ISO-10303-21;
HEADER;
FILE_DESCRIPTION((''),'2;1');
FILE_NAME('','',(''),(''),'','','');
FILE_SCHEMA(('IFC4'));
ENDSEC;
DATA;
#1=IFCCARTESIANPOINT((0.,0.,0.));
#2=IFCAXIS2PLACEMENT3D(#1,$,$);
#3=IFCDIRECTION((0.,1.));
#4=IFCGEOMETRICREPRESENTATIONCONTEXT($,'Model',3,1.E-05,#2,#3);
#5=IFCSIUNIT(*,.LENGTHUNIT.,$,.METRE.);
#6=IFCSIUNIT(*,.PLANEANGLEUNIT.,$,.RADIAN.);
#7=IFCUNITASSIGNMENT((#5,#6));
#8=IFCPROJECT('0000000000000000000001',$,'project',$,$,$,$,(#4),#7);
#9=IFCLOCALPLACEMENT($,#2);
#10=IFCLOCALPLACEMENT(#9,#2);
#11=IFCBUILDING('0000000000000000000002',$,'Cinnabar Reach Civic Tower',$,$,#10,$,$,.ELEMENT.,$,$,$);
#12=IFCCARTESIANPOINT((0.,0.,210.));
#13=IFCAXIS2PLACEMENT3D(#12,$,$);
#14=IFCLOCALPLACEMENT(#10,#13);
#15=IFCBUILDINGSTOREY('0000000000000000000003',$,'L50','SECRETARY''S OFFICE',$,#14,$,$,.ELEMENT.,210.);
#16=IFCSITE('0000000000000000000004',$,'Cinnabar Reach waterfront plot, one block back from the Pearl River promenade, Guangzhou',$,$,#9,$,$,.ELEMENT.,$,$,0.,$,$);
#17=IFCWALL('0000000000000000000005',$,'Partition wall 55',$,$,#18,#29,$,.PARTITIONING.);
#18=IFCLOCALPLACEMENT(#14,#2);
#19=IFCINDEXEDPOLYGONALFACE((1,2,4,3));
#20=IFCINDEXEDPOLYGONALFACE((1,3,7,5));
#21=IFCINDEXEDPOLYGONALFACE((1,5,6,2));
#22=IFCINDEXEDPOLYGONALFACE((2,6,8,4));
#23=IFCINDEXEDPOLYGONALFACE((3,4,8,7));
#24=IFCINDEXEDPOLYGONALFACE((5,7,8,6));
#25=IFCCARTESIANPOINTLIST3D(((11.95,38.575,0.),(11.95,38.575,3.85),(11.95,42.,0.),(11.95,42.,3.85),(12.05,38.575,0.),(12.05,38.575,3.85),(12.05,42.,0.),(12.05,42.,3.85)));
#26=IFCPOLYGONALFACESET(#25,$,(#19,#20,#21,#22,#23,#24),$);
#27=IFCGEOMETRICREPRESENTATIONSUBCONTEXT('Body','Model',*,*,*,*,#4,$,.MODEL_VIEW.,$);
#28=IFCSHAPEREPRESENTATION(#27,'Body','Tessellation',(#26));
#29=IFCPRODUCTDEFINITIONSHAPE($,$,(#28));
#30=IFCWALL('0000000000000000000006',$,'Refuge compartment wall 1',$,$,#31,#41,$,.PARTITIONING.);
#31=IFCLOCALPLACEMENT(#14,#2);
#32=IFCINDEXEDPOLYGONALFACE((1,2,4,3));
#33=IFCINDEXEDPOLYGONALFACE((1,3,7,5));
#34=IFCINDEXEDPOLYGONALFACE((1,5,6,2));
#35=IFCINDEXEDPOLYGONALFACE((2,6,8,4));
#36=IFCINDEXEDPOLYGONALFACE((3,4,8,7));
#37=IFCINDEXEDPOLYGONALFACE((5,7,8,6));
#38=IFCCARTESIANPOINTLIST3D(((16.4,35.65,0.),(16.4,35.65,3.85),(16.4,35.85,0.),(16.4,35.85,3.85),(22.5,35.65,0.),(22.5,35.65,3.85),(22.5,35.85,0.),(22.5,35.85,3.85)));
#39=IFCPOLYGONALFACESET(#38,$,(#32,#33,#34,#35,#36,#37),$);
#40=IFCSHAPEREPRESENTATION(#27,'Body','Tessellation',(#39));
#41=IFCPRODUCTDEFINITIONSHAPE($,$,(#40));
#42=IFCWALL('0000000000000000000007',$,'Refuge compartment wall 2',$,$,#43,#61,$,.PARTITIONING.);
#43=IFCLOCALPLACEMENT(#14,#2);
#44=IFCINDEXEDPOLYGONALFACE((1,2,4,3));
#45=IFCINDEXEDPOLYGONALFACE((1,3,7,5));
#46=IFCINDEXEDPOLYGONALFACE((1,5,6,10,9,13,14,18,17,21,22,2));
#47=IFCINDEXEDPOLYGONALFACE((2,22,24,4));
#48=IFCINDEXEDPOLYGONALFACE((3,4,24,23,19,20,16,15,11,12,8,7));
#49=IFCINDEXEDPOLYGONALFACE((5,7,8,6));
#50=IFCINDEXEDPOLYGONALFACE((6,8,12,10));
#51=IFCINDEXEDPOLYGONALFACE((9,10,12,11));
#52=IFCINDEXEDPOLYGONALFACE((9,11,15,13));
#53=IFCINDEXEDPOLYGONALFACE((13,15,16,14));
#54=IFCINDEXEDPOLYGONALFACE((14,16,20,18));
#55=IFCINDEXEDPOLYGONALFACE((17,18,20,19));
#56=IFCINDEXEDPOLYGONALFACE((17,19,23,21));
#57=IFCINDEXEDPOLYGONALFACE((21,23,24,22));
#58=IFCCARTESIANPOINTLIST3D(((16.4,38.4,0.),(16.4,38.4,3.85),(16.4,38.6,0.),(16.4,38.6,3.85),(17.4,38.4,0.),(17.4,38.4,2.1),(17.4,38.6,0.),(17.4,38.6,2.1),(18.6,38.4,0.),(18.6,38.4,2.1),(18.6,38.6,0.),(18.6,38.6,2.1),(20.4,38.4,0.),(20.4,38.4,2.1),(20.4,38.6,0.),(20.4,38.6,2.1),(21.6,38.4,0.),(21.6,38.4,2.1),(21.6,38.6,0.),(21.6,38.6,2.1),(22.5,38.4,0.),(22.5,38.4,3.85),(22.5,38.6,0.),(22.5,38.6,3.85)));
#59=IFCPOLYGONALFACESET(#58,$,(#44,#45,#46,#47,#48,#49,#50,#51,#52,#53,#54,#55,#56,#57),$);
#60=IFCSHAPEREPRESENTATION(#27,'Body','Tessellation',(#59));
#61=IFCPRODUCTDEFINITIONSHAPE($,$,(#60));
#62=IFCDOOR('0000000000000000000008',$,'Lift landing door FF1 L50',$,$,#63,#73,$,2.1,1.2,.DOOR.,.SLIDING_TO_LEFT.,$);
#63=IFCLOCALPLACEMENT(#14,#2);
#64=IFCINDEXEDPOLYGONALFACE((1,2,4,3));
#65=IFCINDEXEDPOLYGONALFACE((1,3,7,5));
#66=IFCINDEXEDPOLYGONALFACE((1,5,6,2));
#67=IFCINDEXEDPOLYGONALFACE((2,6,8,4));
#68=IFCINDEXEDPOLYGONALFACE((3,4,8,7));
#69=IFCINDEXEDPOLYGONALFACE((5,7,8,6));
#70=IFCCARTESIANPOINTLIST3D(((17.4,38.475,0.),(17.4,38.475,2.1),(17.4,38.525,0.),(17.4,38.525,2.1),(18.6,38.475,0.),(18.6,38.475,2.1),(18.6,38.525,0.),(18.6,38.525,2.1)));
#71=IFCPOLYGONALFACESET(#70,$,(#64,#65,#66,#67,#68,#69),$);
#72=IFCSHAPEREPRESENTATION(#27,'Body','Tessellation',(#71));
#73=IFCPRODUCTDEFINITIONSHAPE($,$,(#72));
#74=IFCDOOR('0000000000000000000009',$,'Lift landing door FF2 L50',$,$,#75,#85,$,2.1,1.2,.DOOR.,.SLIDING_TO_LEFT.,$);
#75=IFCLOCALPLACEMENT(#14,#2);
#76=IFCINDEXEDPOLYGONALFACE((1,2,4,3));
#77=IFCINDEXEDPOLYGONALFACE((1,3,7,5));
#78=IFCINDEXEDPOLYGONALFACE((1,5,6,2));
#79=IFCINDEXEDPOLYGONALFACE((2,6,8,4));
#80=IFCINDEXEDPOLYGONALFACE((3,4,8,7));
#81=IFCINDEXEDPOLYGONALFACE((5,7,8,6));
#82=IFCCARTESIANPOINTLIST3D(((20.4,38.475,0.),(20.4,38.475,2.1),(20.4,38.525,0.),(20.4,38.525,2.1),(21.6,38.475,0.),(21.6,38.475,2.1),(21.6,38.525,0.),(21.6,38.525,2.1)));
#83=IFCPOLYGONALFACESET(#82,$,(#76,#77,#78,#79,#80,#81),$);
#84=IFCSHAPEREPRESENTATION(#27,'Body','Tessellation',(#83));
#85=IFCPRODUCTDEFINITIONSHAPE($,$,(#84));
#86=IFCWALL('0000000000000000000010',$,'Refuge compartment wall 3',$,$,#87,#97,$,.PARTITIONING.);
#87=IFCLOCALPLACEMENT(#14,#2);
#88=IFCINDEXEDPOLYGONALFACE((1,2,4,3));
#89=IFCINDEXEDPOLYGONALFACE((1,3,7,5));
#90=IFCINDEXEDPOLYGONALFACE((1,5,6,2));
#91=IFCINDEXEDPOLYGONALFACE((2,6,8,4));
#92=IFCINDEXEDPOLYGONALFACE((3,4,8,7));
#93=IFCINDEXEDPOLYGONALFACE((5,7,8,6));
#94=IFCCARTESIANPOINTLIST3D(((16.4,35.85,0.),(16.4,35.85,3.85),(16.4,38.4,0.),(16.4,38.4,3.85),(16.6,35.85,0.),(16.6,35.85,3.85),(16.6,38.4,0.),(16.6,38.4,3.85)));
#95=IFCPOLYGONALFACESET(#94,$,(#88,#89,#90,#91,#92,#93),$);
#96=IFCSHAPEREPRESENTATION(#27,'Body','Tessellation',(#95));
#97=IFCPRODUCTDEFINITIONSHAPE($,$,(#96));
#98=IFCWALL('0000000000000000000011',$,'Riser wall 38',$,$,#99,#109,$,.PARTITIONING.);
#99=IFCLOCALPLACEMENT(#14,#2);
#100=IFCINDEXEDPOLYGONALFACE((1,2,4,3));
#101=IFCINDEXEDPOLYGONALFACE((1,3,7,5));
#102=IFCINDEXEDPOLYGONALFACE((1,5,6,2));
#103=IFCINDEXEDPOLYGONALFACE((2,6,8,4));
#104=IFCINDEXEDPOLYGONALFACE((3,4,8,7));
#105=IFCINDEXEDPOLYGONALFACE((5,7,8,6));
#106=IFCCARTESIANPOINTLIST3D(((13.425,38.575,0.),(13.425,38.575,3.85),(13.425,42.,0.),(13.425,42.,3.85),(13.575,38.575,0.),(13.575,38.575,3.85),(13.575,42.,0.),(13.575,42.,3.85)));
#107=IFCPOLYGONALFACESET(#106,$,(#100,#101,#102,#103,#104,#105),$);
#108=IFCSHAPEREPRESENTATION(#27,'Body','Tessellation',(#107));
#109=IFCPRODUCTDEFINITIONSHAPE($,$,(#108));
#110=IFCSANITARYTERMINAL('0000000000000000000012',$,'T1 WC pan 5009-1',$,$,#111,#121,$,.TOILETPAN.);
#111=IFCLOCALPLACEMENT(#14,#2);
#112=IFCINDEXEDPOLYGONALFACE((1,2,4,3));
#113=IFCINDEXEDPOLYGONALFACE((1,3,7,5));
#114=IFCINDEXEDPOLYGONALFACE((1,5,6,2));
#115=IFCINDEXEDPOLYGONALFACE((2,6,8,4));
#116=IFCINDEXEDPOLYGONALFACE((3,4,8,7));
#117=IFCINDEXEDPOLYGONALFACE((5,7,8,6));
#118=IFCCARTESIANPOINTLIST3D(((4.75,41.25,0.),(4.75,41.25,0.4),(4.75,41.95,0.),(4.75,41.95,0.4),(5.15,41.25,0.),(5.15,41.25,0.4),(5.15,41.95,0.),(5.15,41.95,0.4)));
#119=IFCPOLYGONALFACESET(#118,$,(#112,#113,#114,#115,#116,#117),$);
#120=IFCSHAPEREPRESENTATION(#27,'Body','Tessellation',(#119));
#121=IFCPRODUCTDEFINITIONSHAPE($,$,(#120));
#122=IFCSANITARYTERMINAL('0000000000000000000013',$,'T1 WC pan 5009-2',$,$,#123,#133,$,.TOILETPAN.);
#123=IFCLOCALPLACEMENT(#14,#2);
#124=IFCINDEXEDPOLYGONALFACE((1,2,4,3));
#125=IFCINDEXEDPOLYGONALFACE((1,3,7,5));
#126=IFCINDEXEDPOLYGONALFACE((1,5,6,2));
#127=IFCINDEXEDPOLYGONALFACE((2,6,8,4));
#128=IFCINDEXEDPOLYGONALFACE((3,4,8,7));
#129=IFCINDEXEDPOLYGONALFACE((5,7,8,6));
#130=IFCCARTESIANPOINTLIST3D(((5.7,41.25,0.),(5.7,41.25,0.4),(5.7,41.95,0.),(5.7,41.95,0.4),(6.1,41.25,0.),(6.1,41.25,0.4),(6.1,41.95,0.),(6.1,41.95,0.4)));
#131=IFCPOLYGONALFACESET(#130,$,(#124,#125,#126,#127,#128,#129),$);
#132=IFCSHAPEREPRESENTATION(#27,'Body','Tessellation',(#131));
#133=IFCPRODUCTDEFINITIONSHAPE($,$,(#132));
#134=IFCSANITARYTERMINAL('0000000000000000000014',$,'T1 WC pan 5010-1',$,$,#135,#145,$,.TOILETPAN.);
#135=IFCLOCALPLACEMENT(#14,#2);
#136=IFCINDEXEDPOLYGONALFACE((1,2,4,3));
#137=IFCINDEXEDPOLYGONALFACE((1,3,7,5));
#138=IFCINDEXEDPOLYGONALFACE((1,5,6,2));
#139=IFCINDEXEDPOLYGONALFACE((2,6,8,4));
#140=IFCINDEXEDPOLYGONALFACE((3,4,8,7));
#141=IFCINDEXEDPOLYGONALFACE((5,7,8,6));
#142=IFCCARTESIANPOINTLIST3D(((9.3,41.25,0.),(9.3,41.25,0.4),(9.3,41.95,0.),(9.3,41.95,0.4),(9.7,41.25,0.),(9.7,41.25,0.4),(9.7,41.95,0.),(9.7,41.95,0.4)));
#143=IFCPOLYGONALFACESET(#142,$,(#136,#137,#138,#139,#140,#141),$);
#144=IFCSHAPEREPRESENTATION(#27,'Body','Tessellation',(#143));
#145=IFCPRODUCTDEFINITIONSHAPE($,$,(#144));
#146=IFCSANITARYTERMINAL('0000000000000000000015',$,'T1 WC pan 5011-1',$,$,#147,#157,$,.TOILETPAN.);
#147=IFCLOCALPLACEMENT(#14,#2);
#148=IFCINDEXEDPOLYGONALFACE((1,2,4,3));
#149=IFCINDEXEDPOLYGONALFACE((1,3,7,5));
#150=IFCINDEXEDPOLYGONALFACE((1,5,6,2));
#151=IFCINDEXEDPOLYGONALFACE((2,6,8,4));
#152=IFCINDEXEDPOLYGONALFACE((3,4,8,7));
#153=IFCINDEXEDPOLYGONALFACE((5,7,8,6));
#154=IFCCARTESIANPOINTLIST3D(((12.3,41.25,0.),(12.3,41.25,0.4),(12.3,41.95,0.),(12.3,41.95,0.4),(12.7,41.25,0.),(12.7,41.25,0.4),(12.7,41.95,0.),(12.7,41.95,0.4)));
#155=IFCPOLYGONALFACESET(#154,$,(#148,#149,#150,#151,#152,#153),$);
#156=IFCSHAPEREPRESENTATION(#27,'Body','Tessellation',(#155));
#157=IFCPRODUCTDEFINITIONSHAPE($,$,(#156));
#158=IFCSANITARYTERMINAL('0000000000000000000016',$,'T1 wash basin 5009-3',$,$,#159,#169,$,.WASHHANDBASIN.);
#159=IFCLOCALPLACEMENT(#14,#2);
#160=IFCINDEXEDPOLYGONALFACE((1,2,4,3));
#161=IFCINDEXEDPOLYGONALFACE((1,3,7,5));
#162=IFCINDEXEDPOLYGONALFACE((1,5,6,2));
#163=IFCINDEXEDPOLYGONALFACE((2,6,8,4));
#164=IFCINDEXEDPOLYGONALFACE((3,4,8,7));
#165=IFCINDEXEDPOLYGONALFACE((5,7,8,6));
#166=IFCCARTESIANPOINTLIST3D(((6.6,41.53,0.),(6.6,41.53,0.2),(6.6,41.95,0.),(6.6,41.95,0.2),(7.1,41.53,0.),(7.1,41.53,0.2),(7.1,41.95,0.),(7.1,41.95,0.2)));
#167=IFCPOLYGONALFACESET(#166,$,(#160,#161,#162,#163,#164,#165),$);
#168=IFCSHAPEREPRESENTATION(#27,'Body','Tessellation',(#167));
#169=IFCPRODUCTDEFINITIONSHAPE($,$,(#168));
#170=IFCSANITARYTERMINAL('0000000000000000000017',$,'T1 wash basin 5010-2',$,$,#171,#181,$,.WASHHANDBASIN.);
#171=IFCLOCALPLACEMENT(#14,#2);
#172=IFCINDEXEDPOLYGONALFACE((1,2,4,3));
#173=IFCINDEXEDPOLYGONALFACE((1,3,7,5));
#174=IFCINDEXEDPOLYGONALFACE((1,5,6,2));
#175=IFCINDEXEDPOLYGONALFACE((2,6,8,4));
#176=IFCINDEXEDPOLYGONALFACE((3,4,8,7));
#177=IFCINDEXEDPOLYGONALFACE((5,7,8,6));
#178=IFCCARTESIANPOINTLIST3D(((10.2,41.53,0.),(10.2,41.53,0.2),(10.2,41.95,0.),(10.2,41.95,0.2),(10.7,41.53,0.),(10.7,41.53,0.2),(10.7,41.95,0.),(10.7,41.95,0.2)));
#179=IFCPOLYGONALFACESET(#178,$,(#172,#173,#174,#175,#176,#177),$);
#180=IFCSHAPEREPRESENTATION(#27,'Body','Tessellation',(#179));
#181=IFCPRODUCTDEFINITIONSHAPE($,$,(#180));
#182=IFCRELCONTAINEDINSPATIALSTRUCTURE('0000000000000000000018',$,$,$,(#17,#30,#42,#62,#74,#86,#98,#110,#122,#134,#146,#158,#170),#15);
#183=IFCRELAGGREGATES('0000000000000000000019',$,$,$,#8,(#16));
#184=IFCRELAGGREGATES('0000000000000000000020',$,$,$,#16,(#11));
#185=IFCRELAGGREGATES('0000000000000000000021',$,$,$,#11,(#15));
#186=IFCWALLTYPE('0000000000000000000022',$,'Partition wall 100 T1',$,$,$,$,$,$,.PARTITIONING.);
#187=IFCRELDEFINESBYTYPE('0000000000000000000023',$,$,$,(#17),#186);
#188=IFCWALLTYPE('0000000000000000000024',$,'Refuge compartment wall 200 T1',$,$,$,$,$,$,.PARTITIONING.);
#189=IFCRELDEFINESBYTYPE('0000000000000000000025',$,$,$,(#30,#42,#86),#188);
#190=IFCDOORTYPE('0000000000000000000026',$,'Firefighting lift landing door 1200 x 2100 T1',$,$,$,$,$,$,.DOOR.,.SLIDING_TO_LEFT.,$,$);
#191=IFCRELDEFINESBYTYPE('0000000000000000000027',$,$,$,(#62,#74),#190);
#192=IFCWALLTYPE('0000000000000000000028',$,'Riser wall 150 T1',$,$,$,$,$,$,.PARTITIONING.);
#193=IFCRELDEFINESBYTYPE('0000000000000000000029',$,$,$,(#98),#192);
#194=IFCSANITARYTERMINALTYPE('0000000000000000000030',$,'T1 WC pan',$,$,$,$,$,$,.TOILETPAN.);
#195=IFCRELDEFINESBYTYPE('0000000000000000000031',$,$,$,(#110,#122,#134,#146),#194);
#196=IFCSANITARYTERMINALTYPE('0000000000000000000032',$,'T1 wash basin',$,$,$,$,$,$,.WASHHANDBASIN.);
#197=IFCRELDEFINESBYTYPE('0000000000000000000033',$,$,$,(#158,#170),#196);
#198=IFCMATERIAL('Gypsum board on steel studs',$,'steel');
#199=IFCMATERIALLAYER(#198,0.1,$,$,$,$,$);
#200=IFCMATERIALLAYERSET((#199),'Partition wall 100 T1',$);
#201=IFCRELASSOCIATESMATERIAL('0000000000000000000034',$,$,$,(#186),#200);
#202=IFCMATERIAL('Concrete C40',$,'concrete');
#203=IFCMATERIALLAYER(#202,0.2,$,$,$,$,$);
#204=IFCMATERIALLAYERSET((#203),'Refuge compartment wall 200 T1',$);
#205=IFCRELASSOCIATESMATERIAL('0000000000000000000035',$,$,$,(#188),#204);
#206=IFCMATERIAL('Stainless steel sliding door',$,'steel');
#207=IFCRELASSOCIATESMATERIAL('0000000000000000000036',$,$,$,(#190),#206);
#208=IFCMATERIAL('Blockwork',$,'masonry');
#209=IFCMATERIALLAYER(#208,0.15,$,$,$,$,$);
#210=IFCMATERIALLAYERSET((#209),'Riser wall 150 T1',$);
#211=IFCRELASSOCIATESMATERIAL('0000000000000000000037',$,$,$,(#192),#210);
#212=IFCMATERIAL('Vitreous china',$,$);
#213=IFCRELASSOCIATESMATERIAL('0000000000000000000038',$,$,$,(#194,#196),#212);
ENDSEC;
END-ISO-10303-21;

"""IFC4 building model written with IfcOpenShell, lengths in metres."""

from ifc_helpers import new_model, si_unit, direction, frame, frame_2d, origin, origin_2d, place, context, subcontext, project, spatial, rectangle, extrude, material, layer, layer_set, type_object, element, fill, save


model = new_model("IFC4")

# Units and contexts
model_context = context("Model", 3, precision=1e-05, world=origin(), true_north=direction((0.0, 1.0)))
body_context = subcontext(model_context, "Body", "Model", "MODEL_VIEW")
ifc_project = project(units=[si_unit("LENGTHUNIT", "METRE"), si_unit("PLANEANGLEUNIT", "RADIAN")], contexts=[model_context])

# Site, building, storey
site_placement = place(None, origin())
site = spatial("IfcSite", under=ifc_project, at=site_placement, Name="Cinnabar Reach waterfront plot, one block back from the Pearl River promenade, Guangzhou", CompositionType="ELEMENT", RefElevation=0.0)
building_placement = place(site_placement, origin())
building = spatial("IfcBuilding", under=site, at=building_placement, Name="Cinnabar Reach Civic Tower", CompositionType="ELEMENT")
storey_placement = place(building_placement, frame((0.0, 0.0, 210.0)))
storey = spatial("IfcBuildingStorey", under=building, at=storey_placement, Name="L50", Description="SECRETARY'S OFFICE", CompositionType="ELEMENT", Elevation=210.0)

# Shared definitions
ifc_material_1 = material(Name="Blockwork", Category="masonry")
ifc_material_2 = material(Name="Stainless steel sliding door", Category="steel")

# Walls
ifc_material_3 = material(Name="Gypsum board on steel studs", Category="steel")
ifc_layer_1 = layer(ifc_material_3, 0.1)
ifc_layer_set_1 = layer_set([ifc_layer_1], Name="Partition wall 100 T1")
wall_type_1 = type_object("IfcWallType", Name="Partition wall 100 T1", PredefinedType="PARTITIONING", material=ifc_layer_set_1)
for number, where, z_axis, x_axis, name in (
    (1, (12.0, 38.575, 0.0), (0.0, 0.0, 1.0), (0.0, 1.0, 0.0), "Partition wall 55"),
):
    element("IfcWall", number, at=place(storey_placement, frame(where, z_axis=z_axis, x_axis=x_axis)), inside=storey, type_object=wall_type_1, Name=name, PredefinedType="PARTITIONING", context=body_context, shape_type="SweptSolid", body=[
        extrude(rectangle(XDim=3.425, YDim=0.1, at=frame_2d((1.7125, 0.0))), origin(), (0.0, 0.0, 1.0), 3.85),
    ])
ifc_material_4 = material(Name="Concrete C40", Category="concrete")
ifc_layer_2 = layer(ifc_material_4, 0.2)
ifc_layer_set_2 = layer_set([ifc_layer_2], Name="Refuge compartment wall 200 T1")
wall_type_2 = type_object("IfcWallType", Name="Refuge compartment wall 200 T1", PredefinedType="PARTITIONING", material=ifc_layer_set_2)
wall_1_placement = place(storey_placement, frame((16.4, 35.75, 0.0), z_axis=(0.0, 0.0, 1.0), x_axis=(1.0, 0.0, 0.0)))
element("IfcWall", 2, at=wall_1_placement, inside=storey, type_object=wall_type_2, Name="Refuge compartment wall 1", PredefinedType="PARTITIONING", context=body_context, shape_type="SweptSolid", body=[
    extrude(rectangle(XDim=6.1, YDim=0.2, at=frame_2d((3.05, 0.0))), origin(), (0.0, 0.0, 1.0), 3.85),
])

# Wall, openings, doors
wall_2_placement = place(storey_placement, frame((16.4, 38.5, 0.0), z_axis=(0.0, 0.0, 1.0), x_axis=(1.0, 0.0, 0.0)))
wall_2 = element("IfcWall", 3, at=wall_2_placement, inside=storey, type_object=wall_type_2, Name="Refuge compartment wall 2", PredefinedType="PARTITIONING", context=body_context, shape_type="SweptSolid", body=[
    extrude(rectangle(XDim=6.1, YDim=0.2, at=frame_2d((3.05, 0.0))), origin(), (0.0, 0.0, 1.0), 3.85),
])
opening_1_placement = place(wall_2_placement, frame((1.0, 0.0, 0.0)))
opening_1 = element("IfcOpeningElement", 4, at=opening_1_placement, cuts=wall_2, PredefinedType="OPENING", context=body_context, shape_type="SweptSolid", body=[
    extrude(rectangle(XDim=1.2, YDim=2.1, at=frame_2d((0.6, 1.05))), frame((0.0, 0.11, 0.0), z_axis=(0.0, -1.0, 0.0), x_axis=(1.0, 0.0, 0.0)), (0.0, 0.0, 1.0), 0.22),
])
opening_2_placement = place(wall_2_placement, frame((4.0, 0.0, 0.0)))
opening_2 = element("IfcOpeningElement", 5, at=opening_2_placement, cuts=wall_2, PredefinedType="OPENING", context=body_context, shape_type="SweptSolid", body=[
    extrude(rectangle(XDim=1.2, YDim=2.1, at=frame_2d((0.6, 1.05))), frame((0.0, 0.11, 0.0), z_axis=(0.0, -1.0, 0.0), x_axis=(1.0, 0.0, 0.0)), (0.0, 0.0, 1.0), 0.22),
])
door_type_1 = type_object("IfcDoorType", Name="Firefighting lift landing door 1200 x 2100 T1", OperationType="SLIDING_TO_LEFT", PredefinedType="DOOR", material=ifc_material_2)
door_1_placement = place(opening_1_placement, origin())
door_1 = element("IfcDoor", 6, at=door_1_placement, inside=storey, type_object=door_type_1, Name="Lift landing door FF1 L50", OperationType="SLIDING_TO_LEFT", OverallHeight=2.1, OverallWidth=1.2, PredefinedType="DOOR", context=body_context, shape_type="SweptSolid", body=[
    extrude(rectangle(XDim=1.2, YDim=2.1, at=frame_2d((0.6, 1.05))), frame((0.0, 0.025, 0.0), z_axis=(0.0, -1.0, 0.0), x_axis=(1.0, 0.0, 0.0)), (0.0, 0.0, 1.0), 0.05),
])
fill(opening_1, door_1)
door_2_placement = place(opening_2_placement, origin())
door_2 = element("IfcDoor", 7, at=door_2_placement, inside=storey, type_object=door_type_1, Name="Lift landing door FF2 L50", OperationType="SLIDING_TO_LEFT", OverallHeight=2.1, OverallWidth=1.2, PredefinedType="DOOR", context=body_context, shape_type="SweptSolid", body=[
    extrude(rectangle(XDim=1.2, YDim=2.1, at=frame_2d((0.6, 1.05))), frame((0.0, 0.025, 0.0), z_axis=(0.0, -1.0, 0.0), x_axis=(1.0, 0.0, 0.0)), (0.0, 0.0, 1.0), 0.05),
])
fill(opening_2, door_2)

# Walls
wall_3_placement = place(storey_placement, frame((16.5, 35.85, 0.0), z_axis=(0.0, 0.0, 1.0), x_axis=(0.0, 1.0, 0.0)))
element("IfcWall", 8, at=wall_3_placement, inside=storey, type_object=wall_type_2, Name="Refuge compartment wall 3", PredefinedType="PARTITIONING", context=body_context, shape_type="SweptSolid", body=[
    extrude(rectangle(XDim=2.55, YDim=0.2, at=frame_2d((1.275, 0.0))), origin(), (0.0, 0.0, 1.0), 3.85),
])
ifc_layer_3 = layer(ifc_material_1, 0.15)
ifc_layer_set_3 = layer_set([ifc_layer_3], Name="Riser wall 150 T1")
wall_type_3 = type_object("IfcWallType", Name="Riser wall 150 T1", PredefinedType="PARTITIONING", material=ifc_layer_set_3)
wall_4_placement = place(storey_placement, frame((13.5, 38.575, 0.0), z_axis=(0.0, 0.0, 1.0), x_axis=(0.0, 1.0, 0.0)))
element("IfcWall", 9, at=wall_4_placement, inside=storey, type_object=wall_type_3, Name="Riser wall 38", PredefinedType="PARTITIONING", context=body_context, shape_type="SweptSolid", body=[
    extrude(rectangle(XDim=3.425, YDim=0.15, at=frame_2d((1.7125, 0.0))), origin(), (0.0, 0.0, 1.0), 3.85),
])

# Sanitary terminals
ifc_material_5 = material(Name="Vitreous china")
sanitary_terminal_type_1 = type_object("IfcSanitaryTerminalType", Name="T1 WC pan", PredefinedType="TOILETPAN", material=ifc_material_5)
for number, where, z_axis, x_axis, name in (
    (10, (4.95, 41.6, 0.0), (0.0, 0.0, 1.0), (1.0, 0.0, 0.0), "T1 WC pan 5009-1"),
    (11, (5.9, 41.6, 0.0), (0.0, 0.0, 1.0), (1.0, 0.0, 0.0), "T1 WC pan 5009-2"),
    (12, (9.5, 41.6, 0.0), (0.0, 0.0, 1.0), (1.0, 0.0, 0.0), "T1 WC pan 5010-1"),
    (13, (12.5, 41.6, 0.0), (0.0, 0.0, 1.0), (1.0, 0.0, 0.0), "T1 WC pan 5011-1"),
):
    element("IfcSanitaryTerminal", number, at=place(storey_placement, frame(where, z_axis=z_axis, x_axis=x_axis)), inside=storey, type_object=sanitary_terminal_type_1, Name=name, PredefinedType="TOILETPAN", context=body_context, shape_type="SweptSolid", body=[
        extrude(rectangle(XDim=0.4, YDim=0.7, at=origin_2d()), origin(), (0.0, 0.0, 1.0), 0.4),
    ])
sanitary_terminal_type_2 = type_object("IfcSanitaryTerminalType", Name="T1 wash basin", PredefinedType="WASHHANDBASIN", material=ifc_material_5)
for number, where, z_axis, x_axis, name in (
    (14, (6.85, 41.74, 0.0), (0.0, 0.0, 1.0), (1.0, 0.0, 0.0), "T1 wash basin 5009-3"),
    (15, (10.45, 41.74, 0.0), (0.0, 0.0, 1.0), (1.0, 0.0, 0.0), "T1 wash basin 5010-2"),
):
    element("IfcSanitaryTerminal", number, at=place(storey_placement, frame(where, z_axis=z_axis, x_axis=x_axis)), inside=storey, type_object=sanitary_terminal_type_2, Name=name, PredefinedType="WASHHANDBASIN", context=body_context, shape_type="SweptSolid", body=[
        extrude(rectangle(XDim=0.5, YDim=0.42, at=origin_2d()), origin(), (0.0, 0.0, 1.0), 0.2),
    ])

save(model, "model.ifc")
